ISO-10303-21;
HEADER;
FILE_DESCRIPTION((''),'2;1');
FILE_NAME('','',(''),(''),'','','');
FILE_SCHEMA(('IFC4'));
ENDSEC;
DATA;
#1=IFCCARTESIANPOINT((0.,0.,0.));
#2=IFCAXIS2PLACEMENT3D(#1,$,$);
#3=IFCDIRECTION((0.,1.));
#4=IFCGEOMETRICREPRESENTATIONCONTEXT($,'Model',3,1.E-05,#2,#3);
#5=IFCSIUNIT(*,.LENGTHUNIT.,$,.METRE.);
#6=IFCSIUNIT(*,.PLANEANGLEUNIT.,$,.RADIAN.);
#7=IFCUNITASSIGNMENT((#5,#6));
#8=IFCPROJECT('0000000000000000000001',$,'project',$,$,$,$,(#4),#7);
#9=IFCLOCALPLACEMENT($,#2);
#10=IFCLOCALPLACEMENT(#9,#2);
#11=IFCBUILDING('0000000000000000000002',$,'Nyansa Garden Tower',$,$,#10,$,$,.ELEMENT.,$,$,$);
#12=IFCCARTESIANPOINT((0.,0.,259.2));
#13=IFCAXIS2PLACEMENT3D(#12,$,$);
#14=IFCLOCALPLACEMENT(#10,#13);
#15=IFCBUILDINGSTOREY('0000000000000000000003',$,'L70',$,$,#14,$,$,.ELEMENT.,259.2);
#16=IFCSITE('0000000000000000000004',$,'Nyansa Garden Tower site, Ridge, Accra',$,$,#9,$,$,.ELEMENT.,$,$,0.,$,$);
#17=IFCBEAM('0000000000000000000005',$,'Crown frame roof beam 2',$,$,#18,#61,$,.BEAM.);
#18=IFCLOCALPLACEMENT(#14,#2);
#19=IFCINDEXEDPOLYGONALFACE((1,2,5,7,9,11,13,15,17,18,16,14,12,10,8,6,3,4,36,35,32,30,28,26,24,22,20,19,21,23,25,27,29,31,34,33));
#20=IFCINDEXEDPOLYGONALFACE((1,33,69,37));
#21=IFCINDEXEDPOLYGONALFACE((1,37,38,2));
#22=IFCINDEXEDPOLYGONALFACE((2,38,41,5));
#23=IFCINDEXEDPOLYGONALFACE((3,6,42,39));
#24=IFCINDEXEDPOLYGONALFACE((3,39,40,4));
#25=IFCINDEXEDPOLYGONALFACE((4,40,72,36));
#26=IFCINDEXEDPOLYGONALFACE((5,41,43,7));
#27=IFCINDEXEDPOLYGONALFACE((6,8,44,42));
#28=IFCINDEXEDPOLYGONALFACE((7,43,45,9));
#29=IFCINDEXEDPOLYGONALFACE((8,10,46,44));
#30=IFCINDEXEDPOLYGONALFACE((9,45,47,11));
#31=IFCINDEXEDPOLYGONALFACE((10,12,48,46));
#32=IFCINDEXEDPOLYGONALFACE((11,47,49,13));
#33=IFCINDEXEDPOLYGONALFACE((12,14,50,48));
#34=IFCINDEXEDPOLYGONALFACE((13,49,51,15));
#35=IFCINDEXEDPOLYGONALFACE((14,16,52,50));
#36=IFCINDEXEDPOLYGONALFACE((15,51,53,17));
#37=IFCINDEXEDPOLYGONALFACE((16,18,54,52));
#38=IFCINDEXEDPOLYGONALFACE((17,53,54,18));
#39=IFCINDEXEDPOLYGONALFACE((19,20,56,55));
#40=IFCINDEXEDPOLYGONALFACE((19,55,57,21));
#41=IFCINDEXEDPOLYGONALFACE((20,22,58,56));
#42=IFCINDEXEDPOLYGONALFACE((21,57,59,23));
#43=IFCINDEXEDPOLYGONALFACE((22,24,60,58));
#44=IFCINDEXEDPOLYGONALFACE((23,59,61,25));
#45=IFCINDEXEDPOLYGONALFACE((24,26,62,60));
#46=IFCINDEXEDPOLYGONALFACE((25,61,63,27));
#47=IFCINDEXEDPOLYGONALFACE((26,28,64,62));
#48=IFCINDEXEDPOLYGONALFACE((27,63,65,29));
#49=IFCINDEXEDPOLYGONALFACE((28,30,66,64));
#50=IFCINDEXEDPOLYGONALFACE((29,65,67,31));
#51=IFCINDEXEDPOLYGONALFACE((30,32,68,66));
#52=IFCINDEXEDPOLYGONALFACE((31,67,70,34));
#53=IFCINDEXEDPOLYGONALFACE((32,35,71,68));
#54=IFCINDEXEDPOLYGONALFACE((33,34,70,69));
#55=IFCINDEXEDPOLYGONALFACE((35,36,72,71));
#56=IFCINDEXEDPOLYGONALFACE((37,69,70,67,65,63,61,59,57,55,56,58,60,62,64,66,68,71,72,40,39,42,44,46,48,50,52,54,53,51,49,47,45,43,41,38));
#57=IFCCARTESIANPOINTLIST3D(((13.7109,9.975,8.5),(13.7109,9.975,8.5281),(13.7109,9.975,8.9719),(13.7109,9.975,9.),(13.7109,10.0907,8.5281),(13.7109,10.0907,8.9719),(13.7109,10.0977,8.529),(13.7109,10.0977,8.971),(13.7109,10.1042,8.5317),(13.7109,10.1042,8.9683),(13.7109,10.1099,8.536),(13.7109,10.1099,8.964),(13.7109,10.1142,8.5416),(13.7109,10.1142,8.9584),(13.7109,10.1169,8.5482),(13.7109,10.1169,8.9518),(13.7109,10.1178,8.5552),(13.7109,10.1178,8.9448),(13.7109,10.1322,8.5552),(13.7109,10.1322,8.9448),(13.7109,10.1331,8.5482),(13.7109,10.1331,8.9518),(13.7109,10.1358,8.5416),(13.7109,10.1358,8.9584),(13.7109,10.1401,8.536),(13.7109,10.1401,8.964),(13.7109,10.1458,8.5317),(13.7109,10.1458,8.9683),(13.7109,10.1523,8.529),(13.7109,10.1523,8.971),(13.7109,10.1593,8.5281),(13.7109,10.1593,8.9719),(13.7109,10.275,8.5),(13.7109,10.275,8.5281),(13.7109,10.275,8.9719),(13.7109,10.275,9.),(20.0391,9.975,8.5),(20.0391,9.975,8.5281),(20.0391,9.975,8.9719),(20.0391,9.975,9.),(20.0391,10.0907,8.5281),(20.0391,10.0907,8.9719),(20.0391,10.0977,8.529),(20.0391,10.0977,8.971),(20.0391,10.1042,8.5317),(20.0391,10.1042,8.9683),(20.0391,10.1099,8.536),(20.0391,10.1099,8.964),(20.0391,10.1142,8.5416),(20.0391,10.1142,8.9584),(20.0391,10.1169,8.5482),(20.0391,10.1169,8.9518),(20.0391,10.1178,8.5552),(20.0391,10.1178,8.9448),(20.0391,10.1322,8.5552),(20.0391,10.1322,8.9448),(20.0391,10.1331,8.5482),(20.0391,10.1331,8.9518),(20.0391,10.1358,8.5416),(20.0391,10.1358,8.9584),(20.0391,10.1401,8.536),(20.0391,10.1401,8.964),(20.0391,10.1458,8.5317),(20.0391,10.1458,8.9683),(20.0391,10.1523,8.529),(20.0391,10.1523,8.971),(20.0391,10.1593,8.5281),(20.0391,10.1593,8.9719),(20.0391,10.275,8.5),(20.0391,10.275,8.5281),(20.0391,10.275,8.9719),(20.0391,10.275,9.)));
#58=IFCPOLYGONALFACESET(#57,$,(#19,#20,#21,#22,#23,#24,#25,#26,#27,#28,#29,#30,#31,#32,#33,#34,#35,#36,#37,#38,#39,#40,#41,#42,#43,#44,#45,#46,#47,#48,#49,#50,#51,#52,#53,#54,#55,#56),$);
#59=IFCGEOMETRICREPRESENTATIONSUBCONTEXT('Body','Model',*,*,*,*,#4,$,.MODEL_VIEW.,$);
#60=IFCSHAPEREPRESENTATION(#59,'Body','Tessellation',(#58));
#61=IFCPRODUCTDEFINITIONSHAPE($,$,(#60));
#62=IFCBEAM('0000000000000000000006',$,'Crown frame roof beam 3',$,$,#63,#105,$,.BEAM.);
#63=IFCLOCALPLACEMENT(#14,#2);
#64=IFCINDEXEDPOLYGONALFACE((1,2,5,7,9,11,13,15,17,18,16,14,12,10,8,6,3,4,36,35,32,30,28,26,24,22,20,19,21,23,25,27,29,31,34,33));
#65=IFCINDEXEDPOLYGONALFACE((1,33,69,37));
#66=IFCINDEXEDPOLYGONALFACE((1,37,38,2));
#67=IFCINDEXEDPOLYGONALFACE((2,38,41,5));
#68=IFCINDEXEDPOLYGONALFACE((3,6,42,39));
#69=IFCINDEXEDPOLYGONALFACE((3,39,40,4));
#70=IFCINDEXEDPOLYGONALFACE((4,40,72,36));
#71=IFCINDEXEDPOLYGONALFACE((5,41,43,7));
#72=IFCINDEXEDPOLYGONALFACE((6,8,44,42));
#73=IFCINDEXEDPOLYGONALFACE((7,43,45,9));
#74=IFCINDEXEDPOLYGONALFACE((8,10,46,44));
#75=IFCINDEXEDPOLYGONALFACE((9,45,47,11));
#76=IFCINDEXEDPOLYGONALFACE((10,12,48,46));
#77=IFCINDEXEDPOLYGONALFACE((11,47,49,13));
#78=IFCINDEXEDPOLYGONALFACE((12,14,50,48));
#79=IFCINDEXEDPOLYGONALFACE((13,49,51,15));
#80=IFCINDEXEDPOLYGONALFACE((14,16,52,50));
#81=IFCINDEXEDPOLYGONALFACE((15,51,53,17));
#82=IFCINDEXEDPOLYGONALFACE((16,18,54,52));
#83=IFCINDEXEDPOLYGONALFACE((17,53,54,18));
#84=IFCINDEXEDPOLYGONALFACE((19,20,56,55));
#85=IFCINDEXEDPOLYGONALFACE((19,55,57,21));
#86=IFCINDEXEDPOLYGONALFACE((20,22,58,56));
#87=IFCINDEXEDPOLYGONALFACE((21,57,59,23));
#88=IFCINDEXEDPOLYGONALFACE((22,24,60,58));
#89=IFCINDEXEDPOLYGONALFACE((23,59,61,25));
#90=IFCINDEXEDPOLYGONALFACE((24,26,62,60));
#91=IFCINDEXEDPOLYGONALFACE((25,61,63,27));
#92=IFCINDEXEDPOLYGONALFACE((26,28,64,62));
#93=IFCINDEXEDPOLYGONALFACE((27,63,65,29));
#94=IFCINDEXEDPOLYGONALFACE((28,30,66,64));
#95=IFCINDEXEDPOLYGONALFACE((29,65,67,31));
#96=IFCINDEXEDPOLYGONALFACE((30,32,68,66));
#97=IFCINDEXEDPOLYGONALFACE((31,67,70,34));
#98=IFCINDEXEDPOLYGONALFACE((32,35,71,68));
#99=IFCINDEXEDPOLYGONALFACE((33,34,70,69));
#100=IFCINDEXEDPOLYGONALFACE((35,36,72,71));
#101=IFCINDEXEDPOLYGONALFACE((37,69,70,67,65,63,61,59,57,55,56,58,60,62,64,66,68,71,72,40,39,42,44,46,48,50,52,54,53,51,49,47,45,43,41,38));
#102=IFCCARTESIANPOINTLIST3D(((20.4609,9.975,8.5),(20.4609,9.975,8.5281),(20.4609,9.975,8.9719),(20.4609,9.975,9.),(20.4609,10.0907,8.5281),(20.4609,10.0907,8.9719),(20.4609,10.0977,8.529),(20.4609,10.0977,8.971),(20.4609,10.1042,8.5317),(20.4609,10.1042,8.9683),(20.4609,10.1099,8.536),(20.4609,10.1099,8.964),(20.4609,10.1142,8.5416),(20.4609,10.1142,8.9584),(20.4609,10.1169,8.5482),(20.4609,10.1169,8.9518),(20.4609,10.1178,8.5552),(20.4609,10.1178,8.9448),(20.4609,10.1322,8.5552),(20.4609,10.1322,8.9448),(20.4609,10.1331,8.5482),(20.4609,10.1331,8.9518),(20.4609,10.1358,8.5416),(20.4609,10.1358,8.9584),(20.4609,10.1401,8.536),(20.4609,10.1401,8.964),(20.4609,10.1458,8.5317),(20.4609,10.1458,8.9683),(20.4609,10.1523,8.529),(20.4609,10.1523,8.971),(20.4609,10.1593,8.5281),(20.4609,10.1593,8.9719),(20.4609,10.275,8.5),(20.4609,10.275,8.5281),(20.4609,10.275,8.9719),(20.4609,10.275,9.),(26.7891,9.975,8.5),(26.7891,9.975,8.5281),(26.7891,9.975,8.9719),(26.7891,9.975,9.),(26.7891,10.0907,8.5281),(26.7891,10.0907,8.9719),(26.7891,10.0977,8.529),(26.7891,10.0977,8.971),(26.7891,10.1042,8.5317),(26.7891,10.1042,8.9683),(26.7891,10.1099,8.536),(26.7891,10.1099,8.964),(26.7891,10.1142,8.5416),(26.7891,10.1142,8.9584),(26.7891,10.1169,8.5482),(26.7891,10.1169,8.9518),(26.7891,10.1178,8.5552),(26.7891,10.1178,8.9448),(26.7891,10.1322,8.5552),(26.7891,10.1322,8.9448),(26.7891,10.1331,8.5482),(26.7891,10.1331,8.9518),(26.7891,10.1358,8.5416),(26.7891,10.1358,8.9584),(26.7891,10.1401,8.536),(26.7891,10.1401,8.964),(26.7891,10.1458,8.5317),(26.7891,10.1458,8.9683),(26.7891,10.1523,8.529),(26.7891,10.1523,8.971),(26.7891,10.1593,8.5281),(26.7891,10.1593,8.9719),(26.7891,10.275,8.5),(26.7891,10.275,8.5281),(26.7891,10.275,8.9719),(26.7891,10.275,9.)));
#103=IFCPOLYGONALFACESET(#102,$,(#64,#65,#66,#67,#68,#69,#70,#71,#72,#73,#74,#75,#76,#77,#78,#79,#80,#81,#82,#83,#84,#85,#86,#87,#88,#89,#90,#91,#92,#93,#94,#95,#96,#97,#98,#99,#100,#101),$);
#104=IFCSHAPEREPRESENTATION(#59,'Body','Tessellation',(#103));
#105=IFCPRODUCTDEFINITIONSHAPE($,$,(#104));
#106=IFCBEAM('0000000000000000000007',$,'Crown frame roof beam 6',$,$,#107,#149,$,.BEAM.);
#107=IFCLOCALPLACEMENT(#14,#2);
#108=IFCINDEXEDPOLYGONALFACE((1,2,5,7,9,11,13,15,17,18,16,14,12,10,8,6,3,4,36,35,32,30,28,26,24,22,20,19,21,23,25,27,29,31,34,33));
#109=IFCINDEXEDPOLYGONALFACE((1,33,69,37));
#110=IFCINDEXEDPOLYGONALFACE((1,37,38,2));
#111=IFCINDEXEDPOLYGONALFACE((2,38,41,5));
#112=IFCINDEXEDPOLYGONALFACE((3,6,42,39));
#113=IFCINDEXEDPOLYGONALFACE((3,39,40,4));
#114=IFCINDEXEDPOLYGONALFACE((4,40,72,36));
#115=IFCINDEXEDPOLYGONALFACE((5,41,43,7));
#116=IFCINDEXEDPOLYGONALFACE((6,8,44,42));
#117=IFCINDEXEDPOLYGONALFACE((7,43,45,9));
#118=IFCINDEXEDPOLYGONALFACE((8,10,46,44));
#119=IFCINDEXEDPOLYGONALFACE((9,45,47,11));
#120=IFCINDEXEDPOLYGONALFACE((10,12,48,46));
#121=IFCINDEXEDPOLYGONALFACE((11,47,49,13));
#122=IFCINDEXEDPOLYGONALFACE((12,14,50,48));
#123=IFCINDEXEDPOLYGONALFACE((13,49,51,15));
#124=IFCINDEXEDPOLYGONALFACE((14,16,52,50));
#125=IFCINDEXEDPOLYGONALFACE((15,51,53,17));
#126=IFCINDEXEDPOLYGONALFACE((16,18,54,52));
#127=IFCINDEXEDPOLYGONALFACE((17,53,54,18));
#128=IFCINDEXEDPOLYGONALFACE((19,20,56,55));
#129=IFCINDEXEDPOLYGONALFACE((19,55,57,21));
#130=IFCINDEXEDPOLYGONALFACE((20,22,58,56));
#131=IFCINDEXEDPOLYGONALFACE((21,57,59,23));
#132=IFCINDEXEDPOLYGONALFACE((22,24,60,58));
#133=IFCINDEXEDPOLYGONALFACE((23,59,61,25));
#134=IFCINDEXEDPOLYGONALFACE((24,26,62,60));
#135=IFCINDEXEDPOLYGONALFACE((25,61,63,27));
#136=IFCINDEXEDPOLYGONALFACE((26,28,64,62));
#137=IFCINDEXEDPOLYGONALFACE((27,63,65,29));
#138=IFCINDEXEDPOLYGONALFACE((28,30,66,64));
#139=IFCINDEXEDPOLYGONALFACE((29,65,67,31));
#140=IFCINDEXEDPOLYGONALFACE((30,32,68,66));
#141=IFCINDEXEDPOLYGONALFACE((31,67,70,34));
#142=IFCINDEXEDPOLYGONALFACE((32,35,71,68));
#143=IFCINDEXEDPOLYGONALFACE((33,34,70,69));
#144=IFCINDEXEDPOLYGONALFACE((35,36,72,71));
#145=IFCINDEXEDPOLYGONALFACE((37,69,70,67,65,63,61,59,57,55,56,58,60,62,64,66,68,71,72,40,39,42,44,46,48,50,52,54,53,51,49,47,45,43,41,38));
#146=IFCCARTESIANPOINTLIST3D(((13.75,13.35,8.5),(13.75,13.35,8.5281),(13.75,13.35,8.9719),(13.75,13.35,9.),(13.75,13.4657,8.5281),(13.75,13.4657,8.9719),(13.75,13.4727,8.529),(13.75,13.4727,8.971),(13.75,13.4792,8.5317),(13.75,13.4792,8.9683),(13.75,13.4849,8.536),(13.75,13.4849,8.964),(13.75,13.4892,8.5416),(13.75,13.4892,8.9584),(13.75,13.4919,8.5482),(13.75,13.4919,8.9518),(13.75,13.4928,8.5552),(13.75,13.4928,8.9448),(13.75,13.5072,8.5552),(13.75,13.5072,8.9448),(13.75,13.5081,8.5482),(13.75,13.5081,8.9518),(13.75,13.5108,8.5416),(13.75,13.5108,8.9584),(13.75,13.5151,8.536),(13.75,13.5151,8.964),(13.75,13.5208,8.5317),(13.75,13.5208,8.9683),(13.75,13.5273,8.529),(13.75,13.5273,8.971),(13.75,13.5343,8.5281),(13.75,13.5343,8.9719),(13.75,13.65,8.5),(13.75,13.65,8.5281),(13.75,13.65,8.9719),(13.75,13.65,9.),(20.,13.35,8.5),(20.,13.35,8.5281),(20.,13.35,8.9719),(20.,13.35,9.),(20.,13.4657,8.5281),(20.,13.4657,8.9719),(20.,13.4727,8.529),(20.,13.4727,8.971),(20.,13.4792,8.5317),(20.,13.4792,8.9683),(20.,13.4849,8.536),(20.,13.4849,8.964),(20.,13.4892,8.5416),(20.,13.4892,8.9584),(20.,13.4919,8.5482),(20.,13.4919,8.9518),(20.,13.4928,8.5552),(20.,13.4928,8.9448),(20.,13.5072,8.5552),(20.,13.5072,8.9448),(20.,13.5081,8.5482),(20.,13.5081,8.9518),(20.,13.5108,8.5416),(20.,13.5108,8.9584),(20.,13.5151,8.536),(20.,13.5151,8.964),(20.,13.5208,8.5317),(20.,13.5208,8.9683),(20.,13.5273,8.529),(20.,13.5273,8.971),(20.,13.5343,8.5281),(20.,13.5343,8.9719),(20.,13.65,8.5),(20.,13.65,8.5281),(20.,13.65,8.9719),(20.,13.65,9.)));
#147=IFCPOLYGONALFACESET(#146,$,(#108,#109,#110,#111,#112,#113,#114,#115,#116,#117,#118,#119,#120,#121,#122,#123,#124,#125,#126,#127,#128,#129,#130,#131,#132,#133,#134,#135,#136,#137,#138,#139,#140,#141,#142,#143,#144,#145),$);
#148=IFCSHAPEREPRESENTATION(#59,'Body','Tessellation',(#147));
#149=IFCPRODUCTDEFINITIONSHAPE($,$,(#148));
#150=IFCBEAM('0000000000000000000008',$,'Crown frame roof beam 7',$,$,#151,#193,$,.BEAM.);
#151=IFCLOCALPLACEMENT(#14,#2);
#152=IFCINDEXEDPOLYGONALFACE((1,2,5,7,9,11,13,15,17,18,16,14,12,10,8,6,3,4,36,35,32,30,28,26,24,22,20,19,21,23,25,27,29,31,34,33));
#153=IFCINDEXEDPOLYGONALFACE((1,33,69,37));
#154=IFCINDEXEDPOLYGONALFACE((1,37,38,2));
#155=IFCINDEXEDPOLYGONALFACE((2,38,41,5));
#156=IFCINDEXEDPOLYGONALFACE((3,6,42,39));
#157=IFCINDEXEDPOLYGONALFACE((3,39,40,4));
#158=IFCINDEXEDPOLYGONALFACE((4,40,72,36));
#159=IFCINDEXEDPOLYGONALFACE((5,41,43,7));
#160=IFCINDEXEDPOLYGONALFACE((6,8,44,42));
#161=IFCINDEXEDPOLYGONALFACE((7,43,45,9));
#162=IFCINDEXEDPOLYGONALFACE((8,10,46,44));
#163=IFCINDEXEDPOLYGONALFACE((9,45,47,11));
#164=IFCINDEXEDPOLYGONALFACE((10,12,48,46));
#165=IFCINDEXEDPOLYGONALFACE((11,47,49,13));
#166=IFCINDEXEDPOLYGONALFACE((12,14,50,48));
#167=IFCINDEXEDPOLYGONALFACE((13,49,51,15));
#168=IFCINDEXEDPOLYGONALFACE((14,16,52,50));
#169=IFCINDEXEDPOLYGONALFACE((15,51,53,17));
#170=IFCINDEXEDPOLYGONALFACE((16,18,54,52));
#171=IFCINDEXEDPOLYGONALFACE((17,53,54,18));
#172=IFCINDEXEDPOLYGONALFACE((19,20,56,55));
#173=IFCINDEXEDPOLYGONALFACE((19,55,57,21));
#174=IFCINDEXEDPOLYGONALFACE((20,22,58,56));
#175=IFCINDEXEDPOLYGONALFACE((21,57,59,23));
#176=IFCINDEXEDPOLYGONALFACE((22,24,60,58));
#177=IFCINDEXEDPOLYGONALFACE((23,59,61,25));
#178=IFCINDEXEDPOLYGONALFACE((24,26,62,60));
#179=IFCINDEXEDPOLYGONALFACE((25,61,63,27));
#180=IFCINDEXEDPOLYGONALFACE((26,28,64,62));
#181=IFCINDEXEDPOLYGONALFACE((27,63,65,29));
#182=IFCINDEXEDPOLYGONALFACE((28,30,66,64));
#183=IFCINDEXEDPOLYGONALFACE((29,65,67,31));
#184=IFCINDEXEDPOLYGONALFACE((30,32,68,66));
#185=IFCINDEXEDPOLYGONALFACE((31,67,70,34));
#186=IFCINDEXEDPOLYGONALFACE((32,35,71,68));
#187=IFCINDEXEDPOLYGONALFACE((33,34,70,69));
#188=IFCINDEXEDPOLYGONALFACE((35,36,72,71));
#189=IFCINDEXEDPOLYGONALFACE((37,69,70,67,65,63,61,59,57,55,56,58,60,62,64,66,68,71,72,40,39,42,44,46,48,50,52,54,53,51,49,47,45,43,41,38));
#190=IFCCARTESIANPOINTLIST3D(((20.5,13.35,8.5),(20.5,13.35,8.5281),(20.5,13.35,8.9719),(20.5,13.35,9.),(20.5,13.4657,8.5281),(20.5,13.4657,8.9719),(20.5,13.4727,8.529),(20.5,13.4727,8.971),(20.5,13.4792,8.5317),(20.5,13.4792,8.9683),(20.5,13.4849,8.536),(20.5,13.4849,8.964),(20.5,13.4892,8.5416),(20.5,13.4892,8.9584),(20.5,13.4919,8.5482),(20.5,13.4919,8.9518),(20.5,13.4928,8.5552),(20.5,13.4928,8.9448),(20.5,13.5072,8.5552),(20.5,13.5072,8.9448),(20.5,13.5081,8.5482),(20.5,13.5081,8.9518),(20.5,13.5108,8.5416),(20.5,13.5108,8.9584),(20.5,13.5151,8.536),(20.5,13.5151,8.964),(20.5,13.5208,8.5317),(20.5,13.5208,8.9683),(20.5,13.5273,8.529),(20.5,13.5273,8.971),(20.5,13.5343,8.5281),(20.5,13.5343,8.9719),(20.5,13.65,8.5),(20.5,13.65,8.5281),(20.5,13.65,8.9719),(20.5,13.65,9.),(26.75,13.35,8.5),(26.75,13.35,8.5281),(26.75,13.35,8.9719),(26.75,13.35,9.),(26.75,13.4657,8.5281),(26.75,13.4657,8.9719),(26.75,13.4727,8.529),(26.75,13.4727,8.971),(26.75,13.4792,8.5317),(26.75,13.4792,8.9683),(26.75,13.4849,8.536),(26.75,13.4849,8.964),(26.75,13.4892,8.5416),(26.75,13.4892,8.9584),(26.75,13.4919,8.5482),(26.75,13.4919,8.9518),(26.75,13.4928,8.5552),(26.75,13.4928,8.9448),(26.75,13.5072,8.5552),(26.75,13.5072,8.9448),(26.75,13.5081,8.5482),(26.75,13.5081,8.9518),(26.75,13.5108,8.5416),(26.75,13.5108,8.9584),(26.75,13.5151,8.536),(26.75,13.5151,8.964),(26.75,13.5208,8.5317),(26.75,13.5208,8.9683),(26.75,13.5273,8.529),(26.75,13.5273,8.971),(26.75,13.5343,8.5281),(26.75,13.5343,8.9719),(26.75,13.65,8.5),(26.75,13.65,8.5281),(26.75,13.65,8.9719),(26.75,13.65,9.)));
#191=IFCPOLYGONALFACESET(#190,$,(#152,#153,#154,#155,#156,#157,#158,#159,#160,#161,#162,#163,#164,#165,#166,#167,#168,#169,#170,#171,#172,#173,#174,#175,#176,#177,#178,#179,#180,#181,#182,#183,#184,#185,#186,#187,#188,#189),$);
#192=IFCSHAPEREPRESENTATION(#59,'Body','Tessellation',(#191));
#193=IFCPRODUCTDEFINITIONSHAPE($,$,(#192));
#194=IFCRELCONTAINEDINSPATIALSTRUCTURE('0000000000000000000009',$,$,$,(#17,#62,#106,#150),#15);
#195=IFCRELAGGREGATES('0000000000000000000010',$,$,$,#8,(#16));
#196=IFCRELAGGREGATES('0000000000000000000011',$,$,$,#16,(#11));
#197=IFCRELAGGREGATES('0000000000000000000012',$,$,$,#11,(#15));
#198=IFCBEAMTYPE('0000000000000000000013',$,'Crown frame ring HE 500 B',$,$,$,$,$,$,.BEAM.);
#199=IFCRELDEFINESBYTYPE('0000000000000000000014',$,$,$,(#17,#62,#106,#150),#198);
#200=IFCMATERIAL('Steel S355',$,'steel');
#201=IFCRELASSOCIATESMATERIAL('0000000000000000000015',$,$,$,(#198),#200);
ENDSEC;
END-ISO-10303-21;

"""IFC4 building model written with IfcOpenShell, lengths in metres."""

from ifc_helpers import new_model, si_unit, direction, frame, origin, origin_2d, place, context, subcontext, project, spatial, i_section, extrude, material, material_profile, profile_set, type_object, element, save


model = new_model("IFC4")

# Units and contexts
model_context = context("Model", 3, precision=1e-05, world=origin(), true_north=direction((0.0, 1.0)))
body_context = subcontext(model_context, "Body", "Model", "MODEL_VIEW")
ifc_project = project(units=[si_unit("LENGTHUNIT", "METRE"), si_unit("PLANEANGLEUNIT", "RADIAN")], contexts=[model_context])

# Site, building, storey
site_placement = place(None, origin())
site = spatial("IfcSite", under=ifc_project, at=site_placement, Name="Nyansa Garden Tower site, Ridge, Accra", CompositionType="ELEMENT", RefElevation=0.0)
building_placement = place(site_placement, origin())
building = spatial("IfcBuilding", under=site, at=building_placement, Name="Nyansa Garden Tower", CompositionType="ELEMENT")
storey_placement = place(building_placement, frame((0.0, 0.0, 259.2)))
storey = spatial("IfcBuildingStorey", under=building, at=storey_placement, Name="L70", CompositionType="ELEMENT", Elevation=259.2)

# Beams
ifc_material_1 = material(Name="Steel S355", Category="steel")
ifc_material_profile_1 = material_profile(ifc_material_1, i_section(OverallWidth=0.3, OverallDepth=0.5, WebThickness=0.0144, FlangeThickness=0.0281, FilletRadius=0.0271, at=origin_2d()), Name="HE 500 B")
ifc_profile_set_1 = profile_set([ifc_material_profile_1], Name="Steel S355")
beam_type_1 = type_object("IfcBeamType", Name="Crown frame ring HE 500 B", PredefinedType="BEAM", material=ifc_profile_set_1)
for number, where, z_axis, x_axis, name in (
    (1, (13.7109, 10.125, 8.75), (1.0, 0.0, 0.0), (0.0, 1.0, 0.0), "Crown frame roof beam 2"),
    (2, (20.4609, 10.125, 8.75), (1.0, 0.0, 0.0), (0.0, 1.0, 0.0), "Crown frame roof beam 3"),
):
    element("IfcBeam", number, at=place(storey_placement, frame(where, z_axis=z_axis, x_axis=x_axis)), inside=storey, type_object=beam_type_1, Name=name, PredefinedType="BEAM", context=body_context, shape_type="SweptSolid", body=[
        extrude(i_section(OverallWidth=0.3, OverallDepth=0.5, WebThickness=0.0144, FlangeThickness=0.0281, FilletRadius=0.0271, at=origin_2d()), origin(), (0.0, 0.0, 1.0), 6.3281),
    ])
for number, where, z_axis, x_axis, name in (
    (3, (13.75, 13.5, 8.75), (1.0, 0.0, 0.0), (0.0, 1.0, 0.0), "Crown frame roof beam 6"),
    (4, (20.5, 13.5, 8.75), (1.0, 0.0, 0.0), (0.0, 1.0, 0.0), "Crown frame roof beam 7"),
):
    element("IfcBeam", number, at=place(storey_placement, frame(where, z_axis=z_axis, x_axis=x_axis)), inside=storey, type_object=beam_type_1, Name=name, PredefinedType="BEAM", context=body_context, shape_type="SweptSolid", body=[
        extrude(i_section(OverallWidth=0.3, OverallDepth=0.5, WebThickness=0.0144, FlangeThickness=0.0281, FilletRadius=0.0271, at=origin_2d()), origin(), (0.0, 0.0, 1.0), 6.25),
    ])

save(model, "model.ifc")
